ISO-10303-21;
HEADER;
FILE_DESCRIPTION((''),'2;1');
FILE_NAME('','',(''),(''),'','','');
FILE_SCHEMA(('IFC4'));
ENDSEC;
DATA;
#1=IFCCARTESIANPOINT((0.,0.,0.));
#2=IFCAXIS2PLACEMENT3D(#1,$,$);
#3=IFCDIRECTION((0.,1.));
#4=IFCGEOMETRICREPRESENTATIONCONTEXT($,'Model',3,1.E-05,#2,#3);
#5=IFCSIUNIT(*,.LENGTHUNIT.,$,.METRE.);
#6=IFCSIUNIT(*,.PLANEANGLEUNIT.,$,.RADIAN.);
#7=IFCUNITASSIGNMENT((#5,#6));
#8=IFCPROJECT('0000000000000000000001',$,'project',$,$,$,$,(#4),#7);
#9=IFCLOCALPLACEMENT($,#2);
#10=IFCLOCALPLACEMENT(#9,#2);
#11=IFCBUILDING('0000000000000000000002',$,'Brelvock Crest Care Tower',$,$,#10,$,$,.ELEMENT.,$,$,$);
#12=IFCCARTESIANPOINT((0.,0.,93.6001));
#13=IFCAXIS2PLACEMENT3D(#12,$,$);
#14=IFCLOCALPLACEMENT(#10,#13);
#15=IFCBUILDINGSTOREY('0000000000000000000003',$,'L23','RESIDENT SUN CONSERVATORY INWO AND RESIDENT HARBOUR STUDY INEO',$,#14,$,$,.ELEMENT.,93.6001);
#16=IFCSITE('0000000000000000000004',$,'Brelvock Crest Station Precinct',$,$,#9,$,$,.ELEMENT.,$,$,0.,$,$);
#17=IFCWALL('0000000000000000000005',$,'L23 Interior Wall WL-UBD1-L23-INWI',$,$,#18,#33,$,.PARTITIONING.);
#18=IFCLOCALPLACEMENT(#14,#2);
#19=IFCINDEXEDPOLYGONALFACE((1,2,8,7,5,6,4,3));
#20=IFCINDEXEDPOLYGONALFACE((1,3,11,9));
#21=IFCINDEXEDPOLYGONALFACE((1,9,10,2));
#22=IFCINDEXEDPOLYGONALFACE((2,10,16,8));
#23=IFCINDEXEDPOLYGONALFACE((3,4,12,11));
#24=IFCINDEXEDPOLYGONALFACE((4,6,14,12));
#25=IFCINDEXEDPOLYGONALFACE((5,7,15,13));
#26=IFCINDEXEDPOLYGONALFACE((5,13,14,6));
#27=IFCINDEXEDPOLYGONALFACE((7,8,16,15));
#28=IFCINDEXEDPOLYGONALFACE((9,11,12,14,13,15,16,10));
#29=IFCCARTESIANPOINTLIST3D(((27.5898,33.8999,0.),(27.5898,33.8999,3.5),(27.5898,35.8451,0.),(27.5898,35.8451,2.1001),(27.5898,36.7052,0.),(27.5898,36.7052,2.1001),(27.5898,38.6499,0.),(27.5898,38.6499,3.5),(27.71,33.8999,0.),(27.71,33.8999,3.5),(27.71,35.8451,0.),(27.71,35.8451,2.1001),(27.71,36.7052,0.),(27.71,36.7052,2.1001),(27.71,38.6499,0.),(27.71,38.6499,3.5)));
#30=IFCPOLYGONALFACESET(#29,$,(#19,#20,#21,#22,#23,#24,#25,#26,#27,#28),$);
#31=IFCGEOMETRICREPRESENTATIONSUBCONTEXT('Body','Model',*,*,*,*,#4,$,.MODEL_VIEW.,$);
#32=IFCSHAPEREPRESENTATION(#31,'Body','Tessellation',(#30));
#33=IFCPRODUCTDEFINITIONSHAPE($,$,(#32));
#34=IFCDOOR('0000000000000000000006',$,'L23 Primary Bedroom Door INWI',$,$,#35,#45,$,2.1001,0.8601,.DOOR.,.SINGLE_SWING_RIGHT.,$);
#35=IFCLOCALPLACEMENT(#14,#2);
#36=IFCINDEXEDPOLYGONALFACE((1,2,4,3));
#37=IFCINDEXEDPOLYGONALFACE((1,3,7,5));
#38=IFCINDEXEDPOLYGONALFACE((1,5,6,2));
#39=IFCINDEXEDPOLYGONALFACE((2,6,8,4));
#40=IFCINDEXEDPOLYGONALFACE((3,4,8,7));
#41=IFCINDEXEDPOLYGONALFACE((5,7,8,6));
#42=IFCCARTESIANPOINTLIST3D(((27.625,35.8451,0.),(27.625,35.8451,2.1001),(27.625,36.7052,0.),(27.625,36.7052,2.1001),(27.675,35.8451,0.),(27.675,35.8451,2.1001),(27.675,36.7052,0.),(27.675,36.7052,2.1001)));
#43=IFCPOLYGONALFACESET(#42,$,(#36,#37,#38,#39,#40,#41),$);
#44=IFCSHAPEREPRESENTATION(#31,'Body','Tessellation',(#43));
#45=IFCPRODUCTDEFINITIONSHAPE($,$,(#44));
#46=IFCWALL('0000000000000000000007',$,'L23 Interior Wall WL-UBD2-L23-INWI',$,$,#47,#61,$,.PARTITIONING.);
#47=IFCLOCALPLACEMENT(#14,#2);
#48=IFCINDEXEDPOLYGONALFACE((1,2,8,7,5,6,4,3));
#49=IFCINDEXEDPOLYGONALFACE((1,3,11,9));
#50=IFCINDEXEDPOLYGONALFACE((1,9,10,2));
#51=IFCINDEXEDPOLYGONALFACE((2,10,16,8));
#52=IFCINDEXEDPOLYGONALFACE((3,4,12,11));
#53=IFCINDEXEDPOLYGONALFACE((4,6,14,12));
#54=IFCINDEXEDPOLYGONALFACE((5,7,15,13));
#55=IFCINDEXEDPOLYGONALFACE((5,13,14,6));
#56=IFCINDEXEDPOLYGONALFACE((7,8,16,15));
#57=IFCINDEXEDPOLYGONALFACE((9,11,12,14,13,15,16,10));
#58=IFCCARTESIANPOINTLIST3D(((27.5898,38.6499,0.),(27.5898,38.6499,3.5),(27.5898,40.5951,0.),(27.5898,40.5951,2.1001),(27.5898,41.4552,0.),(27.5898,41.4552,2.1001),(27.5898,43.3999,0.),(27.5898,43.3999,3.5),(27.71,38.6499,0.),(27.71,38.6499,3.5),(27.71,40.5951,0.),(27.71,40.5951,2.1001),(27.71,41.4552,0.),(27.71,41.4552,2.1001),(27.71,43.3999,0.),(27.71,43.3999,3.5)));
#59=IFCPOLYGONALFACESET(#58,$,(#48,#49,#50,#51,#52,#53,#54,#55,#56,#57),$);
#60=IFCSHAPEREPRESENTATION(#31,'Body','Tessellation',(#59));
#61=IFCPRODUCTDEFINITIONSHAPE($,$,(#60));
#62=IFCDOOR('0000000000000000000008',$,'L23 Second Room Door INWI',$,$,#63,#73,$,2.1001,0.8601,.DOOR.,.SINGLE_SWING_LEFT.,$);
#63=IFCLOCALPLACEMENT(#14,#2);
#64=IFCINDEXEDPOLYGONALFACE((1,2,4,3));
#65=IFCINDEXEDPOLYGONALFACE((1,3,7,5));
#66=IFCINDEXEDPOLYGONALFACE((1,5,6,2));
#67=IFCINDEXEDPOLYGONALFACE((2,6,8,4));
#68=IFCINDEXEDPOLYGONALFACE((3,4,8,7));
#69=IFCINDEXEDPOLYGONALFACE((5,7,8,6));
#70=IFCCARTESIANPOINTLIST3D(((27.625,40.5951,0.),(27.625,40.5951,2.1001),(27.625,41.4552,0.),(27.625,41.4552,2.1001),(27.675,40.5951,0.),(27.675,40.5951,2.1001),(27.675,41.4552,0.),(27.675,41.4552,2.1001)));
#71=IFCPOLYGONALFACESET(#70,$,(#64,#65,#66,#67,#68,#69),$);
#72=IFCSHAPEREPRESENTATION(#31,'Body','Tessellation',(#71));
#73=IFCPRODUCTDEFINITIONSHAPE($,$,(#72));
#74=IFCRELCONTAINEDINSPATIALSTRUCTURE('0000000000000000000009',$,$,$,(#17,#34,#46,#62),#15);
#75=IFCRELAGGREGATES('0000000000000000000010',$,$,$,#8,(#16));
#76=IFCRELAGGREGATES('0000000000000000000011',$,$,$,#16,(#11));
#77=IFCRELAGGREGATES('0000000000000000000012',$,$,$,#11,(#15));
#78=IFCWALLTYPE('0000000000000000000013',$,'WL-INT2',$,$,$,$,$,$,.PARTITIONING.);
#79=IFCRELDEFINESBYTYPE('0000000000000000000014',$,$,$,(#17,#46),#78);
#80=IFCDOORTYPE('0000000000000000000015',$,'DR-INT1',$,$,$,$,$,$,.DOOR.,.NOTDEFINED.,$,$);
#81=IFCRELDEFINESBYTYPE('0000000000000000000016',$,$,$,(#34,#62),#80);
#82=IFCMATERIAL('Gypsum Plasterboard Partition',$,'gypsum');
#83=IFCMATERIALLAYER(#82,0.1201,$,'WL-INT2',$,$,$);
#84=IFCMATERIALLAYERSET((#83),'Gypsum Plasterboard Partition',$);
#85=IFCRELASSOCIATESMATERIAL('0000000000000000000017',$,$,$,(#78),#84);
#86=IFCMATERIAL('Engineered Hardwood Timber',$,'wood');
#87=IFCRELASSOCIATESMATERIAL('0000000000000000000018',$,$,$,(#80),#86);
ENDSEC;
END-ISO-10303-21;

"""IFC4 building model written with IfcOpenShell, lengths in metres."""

from ifc_helpers import new_model, si_unit, direction, frame, frame_2d, origin, origin_2d, place, context, subcontext, project, spatial, rectangle, extrude, source, transform, mapped, material, layer, layer_set, type_object, element, fill, save


model = new_model("IFC4")

# Units and contexts
model_context = context("Model", 3, precision=1e-05, world=origin(), true_north=direction((0.0, 1.0)))
body_context = subcontext(model_context, "Body", "Model", "MODEL_VIEW")
ifc_project = project(units=[si_unit("LENGTHUNIT", "METRE"), si_unit("PLANEANGLEUNIT", "RADIAN")], contexts=[model_context])

# Site, building, storey
site_placement = place(None, origin())
site = spatial("IfcSite", under=ifc_project, at=site_placement, Name="Brelvock Crest Station Precinct", CompositionType="ELEMENT", RefElevation=0.0)
building_placement = place(site_placement, origin())
building = spatial("IfcBuilding", under=site, at=building_placement, Name="Brelvock Crest Care Tower", CompositionType="ELEMENT")
storey_placement = place(building_placement, frame((0.0, 0.0, 93.6001)))
storey = spatial("IfcBuildingStorey", under=building, at=storey_placement, Name="L23", Description="RESIDENT SUN CONSERVATORY INWO AND RESIDENT HARBOUR STUDY INEO", CompositionType="ELEMENT", Elevation=93.6001)

# Shared definitions
ifc_material_1 = material(Name="Gypsum Plasterboard Partition", Category="gypsum")
ifc_layer_1 = layer(ifc_material_1, 0.1201, Name="WL-INT2")
ifc_layer_set_1 = layer_set([ifc_layer_1], Name="Gypsum Plasterboard Partition")
wall_type_1 = type_object("IfcWallType", Name="WL-INT2", PredefinedType="PARTITIONING", material=ifc_layer_set_1)

# Walls, openings, doors
wall_1_placement = place(storey_placement, frame((27.6499, 33.8999, 0.0), z_axis=(0.0, 0.0, 1.0), x_axis=(0.0, 1.0, 0.0)))
wall_1 = element("IfcWall", 1, at=wall_1_placement, inside=storey, type_object=wall_type_1, Name="L23 Interior Wall WL-UBD1-L23-INWI", PredefinedType="PARTITIONING", context=body_context, shape_type="SweptSolid", body=[
    extrude(rectangle(XDim=4.75, YDim=0.1201, at=frame_2d((2.375, 0.0))), origin(), (0.0, 0.0, 1.0), 3.5),
])
opening_1_placement = place(wall_1_placement, frame((1.9451, 0.0, 0.0)))
opening_1 = element("IfcOpeningElement", 2, at=opening_1_placement, cuts=wall_1, PredefinedType="OPENING", context=body_context, shape_type="SweptSolid", body=[
    extrude(rectangle(XDim=0.8601, YDim=2.1001, at=origin_2d()), frame((0.4302, 0.0701, 1.05), z_axis=(0.0, -1.0, 0.0), x_axis=(1.0, 0.0, 0.0)), (0.0, 0.0, 1.0), 0.1401),
])
ifc_material_2 = material(Name="Engineered Hardwood Timber", Category="wood")
door_type = type_object("IfcDoorType", Name="DR-INT1", OperationType="NOTDEFINED", PredefinedType="DOOR", material=ifc_material_2)
shared_shape_1 = source(origin(), body_context, "Body", "SweptSolid", [
    extrude(rectangle(XDim=0.8601, YDim=2.1001, at=origin_2d()), frame((0.4302, 0.0249, 1.05), z_axis=(0.0, -1.0, 0.0), x_axis=(1.0, 0.0, 0.0)), (0.0, 0.0, 1.0), 0.05),
])
door_1_placement = place(opening_1_placement, origin())
door_1 = element("IfcDoor", 3, at=door_1_placement, inside=storey, type_object=door_type, Name="L23 Primary Bedroom Door INWI", OperationType="SINGLE_SWING_RIGHT", OverallHeight=2.1001, OverallWidth=0.8601, PredefinedType="DOOR", context=body_context, shape_type="MappedRepresentation", body=[
    mapped(shared_shape_1, transform((0.0, 0.0, 0.0), x_axis=(1.0, 0.0, 0.0), y_axis=(0.0, 1.0, 0.0), z_axis=(0.0, 0.0, 1.0), scale=1.0)),
])
fill(opening_1, door_1)
wall_2_placement = place(storey_placement, frame((27.6499, 38.6499, 0.0), z_axis=(0.0, 0.0, 1.0), x_axis=(0.0, 1.0, 0.0)))
wall_2 = element("IfcWall", 4, at=wall_2_placement, inside=storey, type_object=wall_type_1, Name="L23 Interior Wall WL-UBD2-L23-INWI", PredefinedType="PARTITIONING", context=body_context, shape_type="SweptSolid", body=[
    extrude(rectangle(XDim=4.75, YDim=0.1201, at=frame_2d((2.375, 0.0))), origin(), (0.0, 0.0, 1.0), 3.5),
])
opening_2_placement = place(wall_2_placement, frame((1.9451, 0.0, 0.0)))
opening_2 = element("IfcOpeningElement", 5, at=opening_2_placement, cuts=wall_2, PredefinedType="OPENING", context=body_context, shape_type="SweptSolid", body=[
    extrude(rectangle(XDim=0.8601, YDim=2.1001, at=origin_2d()), frame((0.4302, 0.0701, 1.05), z_axis=(0.0, -1.0, 0.0), x_axis=(1.0, 0.0, 0.0)), (0.0, 0.0, 1.0), 0.1401),
])
door_2_placement = place(opening_2_placement, origin())
door_2 = element("IfcDoor", 6, at=door_2_placement, inside=storey, type_object=door_type, Name="L23 Second Room Door INWI", OperationType="SINGLE_SWING_LEFT", OverallHeight=2.1001, OverallWidth=0.8601, PredefinedType="DOOR", context=body_context, shape_type="MappedRepresentation", body=[
    mapped(shared_shape_1, transform((0.0, 0.0, 0.0), x_axis=(1.0, 0.0, 0.0), y_axis=(0.0, 1.0, 0.0), z_axis=(0.0, 0.0, 1.0), scale=1.0)),
])
fill(opening_2, door_2)

save(model, "model.ifc")
